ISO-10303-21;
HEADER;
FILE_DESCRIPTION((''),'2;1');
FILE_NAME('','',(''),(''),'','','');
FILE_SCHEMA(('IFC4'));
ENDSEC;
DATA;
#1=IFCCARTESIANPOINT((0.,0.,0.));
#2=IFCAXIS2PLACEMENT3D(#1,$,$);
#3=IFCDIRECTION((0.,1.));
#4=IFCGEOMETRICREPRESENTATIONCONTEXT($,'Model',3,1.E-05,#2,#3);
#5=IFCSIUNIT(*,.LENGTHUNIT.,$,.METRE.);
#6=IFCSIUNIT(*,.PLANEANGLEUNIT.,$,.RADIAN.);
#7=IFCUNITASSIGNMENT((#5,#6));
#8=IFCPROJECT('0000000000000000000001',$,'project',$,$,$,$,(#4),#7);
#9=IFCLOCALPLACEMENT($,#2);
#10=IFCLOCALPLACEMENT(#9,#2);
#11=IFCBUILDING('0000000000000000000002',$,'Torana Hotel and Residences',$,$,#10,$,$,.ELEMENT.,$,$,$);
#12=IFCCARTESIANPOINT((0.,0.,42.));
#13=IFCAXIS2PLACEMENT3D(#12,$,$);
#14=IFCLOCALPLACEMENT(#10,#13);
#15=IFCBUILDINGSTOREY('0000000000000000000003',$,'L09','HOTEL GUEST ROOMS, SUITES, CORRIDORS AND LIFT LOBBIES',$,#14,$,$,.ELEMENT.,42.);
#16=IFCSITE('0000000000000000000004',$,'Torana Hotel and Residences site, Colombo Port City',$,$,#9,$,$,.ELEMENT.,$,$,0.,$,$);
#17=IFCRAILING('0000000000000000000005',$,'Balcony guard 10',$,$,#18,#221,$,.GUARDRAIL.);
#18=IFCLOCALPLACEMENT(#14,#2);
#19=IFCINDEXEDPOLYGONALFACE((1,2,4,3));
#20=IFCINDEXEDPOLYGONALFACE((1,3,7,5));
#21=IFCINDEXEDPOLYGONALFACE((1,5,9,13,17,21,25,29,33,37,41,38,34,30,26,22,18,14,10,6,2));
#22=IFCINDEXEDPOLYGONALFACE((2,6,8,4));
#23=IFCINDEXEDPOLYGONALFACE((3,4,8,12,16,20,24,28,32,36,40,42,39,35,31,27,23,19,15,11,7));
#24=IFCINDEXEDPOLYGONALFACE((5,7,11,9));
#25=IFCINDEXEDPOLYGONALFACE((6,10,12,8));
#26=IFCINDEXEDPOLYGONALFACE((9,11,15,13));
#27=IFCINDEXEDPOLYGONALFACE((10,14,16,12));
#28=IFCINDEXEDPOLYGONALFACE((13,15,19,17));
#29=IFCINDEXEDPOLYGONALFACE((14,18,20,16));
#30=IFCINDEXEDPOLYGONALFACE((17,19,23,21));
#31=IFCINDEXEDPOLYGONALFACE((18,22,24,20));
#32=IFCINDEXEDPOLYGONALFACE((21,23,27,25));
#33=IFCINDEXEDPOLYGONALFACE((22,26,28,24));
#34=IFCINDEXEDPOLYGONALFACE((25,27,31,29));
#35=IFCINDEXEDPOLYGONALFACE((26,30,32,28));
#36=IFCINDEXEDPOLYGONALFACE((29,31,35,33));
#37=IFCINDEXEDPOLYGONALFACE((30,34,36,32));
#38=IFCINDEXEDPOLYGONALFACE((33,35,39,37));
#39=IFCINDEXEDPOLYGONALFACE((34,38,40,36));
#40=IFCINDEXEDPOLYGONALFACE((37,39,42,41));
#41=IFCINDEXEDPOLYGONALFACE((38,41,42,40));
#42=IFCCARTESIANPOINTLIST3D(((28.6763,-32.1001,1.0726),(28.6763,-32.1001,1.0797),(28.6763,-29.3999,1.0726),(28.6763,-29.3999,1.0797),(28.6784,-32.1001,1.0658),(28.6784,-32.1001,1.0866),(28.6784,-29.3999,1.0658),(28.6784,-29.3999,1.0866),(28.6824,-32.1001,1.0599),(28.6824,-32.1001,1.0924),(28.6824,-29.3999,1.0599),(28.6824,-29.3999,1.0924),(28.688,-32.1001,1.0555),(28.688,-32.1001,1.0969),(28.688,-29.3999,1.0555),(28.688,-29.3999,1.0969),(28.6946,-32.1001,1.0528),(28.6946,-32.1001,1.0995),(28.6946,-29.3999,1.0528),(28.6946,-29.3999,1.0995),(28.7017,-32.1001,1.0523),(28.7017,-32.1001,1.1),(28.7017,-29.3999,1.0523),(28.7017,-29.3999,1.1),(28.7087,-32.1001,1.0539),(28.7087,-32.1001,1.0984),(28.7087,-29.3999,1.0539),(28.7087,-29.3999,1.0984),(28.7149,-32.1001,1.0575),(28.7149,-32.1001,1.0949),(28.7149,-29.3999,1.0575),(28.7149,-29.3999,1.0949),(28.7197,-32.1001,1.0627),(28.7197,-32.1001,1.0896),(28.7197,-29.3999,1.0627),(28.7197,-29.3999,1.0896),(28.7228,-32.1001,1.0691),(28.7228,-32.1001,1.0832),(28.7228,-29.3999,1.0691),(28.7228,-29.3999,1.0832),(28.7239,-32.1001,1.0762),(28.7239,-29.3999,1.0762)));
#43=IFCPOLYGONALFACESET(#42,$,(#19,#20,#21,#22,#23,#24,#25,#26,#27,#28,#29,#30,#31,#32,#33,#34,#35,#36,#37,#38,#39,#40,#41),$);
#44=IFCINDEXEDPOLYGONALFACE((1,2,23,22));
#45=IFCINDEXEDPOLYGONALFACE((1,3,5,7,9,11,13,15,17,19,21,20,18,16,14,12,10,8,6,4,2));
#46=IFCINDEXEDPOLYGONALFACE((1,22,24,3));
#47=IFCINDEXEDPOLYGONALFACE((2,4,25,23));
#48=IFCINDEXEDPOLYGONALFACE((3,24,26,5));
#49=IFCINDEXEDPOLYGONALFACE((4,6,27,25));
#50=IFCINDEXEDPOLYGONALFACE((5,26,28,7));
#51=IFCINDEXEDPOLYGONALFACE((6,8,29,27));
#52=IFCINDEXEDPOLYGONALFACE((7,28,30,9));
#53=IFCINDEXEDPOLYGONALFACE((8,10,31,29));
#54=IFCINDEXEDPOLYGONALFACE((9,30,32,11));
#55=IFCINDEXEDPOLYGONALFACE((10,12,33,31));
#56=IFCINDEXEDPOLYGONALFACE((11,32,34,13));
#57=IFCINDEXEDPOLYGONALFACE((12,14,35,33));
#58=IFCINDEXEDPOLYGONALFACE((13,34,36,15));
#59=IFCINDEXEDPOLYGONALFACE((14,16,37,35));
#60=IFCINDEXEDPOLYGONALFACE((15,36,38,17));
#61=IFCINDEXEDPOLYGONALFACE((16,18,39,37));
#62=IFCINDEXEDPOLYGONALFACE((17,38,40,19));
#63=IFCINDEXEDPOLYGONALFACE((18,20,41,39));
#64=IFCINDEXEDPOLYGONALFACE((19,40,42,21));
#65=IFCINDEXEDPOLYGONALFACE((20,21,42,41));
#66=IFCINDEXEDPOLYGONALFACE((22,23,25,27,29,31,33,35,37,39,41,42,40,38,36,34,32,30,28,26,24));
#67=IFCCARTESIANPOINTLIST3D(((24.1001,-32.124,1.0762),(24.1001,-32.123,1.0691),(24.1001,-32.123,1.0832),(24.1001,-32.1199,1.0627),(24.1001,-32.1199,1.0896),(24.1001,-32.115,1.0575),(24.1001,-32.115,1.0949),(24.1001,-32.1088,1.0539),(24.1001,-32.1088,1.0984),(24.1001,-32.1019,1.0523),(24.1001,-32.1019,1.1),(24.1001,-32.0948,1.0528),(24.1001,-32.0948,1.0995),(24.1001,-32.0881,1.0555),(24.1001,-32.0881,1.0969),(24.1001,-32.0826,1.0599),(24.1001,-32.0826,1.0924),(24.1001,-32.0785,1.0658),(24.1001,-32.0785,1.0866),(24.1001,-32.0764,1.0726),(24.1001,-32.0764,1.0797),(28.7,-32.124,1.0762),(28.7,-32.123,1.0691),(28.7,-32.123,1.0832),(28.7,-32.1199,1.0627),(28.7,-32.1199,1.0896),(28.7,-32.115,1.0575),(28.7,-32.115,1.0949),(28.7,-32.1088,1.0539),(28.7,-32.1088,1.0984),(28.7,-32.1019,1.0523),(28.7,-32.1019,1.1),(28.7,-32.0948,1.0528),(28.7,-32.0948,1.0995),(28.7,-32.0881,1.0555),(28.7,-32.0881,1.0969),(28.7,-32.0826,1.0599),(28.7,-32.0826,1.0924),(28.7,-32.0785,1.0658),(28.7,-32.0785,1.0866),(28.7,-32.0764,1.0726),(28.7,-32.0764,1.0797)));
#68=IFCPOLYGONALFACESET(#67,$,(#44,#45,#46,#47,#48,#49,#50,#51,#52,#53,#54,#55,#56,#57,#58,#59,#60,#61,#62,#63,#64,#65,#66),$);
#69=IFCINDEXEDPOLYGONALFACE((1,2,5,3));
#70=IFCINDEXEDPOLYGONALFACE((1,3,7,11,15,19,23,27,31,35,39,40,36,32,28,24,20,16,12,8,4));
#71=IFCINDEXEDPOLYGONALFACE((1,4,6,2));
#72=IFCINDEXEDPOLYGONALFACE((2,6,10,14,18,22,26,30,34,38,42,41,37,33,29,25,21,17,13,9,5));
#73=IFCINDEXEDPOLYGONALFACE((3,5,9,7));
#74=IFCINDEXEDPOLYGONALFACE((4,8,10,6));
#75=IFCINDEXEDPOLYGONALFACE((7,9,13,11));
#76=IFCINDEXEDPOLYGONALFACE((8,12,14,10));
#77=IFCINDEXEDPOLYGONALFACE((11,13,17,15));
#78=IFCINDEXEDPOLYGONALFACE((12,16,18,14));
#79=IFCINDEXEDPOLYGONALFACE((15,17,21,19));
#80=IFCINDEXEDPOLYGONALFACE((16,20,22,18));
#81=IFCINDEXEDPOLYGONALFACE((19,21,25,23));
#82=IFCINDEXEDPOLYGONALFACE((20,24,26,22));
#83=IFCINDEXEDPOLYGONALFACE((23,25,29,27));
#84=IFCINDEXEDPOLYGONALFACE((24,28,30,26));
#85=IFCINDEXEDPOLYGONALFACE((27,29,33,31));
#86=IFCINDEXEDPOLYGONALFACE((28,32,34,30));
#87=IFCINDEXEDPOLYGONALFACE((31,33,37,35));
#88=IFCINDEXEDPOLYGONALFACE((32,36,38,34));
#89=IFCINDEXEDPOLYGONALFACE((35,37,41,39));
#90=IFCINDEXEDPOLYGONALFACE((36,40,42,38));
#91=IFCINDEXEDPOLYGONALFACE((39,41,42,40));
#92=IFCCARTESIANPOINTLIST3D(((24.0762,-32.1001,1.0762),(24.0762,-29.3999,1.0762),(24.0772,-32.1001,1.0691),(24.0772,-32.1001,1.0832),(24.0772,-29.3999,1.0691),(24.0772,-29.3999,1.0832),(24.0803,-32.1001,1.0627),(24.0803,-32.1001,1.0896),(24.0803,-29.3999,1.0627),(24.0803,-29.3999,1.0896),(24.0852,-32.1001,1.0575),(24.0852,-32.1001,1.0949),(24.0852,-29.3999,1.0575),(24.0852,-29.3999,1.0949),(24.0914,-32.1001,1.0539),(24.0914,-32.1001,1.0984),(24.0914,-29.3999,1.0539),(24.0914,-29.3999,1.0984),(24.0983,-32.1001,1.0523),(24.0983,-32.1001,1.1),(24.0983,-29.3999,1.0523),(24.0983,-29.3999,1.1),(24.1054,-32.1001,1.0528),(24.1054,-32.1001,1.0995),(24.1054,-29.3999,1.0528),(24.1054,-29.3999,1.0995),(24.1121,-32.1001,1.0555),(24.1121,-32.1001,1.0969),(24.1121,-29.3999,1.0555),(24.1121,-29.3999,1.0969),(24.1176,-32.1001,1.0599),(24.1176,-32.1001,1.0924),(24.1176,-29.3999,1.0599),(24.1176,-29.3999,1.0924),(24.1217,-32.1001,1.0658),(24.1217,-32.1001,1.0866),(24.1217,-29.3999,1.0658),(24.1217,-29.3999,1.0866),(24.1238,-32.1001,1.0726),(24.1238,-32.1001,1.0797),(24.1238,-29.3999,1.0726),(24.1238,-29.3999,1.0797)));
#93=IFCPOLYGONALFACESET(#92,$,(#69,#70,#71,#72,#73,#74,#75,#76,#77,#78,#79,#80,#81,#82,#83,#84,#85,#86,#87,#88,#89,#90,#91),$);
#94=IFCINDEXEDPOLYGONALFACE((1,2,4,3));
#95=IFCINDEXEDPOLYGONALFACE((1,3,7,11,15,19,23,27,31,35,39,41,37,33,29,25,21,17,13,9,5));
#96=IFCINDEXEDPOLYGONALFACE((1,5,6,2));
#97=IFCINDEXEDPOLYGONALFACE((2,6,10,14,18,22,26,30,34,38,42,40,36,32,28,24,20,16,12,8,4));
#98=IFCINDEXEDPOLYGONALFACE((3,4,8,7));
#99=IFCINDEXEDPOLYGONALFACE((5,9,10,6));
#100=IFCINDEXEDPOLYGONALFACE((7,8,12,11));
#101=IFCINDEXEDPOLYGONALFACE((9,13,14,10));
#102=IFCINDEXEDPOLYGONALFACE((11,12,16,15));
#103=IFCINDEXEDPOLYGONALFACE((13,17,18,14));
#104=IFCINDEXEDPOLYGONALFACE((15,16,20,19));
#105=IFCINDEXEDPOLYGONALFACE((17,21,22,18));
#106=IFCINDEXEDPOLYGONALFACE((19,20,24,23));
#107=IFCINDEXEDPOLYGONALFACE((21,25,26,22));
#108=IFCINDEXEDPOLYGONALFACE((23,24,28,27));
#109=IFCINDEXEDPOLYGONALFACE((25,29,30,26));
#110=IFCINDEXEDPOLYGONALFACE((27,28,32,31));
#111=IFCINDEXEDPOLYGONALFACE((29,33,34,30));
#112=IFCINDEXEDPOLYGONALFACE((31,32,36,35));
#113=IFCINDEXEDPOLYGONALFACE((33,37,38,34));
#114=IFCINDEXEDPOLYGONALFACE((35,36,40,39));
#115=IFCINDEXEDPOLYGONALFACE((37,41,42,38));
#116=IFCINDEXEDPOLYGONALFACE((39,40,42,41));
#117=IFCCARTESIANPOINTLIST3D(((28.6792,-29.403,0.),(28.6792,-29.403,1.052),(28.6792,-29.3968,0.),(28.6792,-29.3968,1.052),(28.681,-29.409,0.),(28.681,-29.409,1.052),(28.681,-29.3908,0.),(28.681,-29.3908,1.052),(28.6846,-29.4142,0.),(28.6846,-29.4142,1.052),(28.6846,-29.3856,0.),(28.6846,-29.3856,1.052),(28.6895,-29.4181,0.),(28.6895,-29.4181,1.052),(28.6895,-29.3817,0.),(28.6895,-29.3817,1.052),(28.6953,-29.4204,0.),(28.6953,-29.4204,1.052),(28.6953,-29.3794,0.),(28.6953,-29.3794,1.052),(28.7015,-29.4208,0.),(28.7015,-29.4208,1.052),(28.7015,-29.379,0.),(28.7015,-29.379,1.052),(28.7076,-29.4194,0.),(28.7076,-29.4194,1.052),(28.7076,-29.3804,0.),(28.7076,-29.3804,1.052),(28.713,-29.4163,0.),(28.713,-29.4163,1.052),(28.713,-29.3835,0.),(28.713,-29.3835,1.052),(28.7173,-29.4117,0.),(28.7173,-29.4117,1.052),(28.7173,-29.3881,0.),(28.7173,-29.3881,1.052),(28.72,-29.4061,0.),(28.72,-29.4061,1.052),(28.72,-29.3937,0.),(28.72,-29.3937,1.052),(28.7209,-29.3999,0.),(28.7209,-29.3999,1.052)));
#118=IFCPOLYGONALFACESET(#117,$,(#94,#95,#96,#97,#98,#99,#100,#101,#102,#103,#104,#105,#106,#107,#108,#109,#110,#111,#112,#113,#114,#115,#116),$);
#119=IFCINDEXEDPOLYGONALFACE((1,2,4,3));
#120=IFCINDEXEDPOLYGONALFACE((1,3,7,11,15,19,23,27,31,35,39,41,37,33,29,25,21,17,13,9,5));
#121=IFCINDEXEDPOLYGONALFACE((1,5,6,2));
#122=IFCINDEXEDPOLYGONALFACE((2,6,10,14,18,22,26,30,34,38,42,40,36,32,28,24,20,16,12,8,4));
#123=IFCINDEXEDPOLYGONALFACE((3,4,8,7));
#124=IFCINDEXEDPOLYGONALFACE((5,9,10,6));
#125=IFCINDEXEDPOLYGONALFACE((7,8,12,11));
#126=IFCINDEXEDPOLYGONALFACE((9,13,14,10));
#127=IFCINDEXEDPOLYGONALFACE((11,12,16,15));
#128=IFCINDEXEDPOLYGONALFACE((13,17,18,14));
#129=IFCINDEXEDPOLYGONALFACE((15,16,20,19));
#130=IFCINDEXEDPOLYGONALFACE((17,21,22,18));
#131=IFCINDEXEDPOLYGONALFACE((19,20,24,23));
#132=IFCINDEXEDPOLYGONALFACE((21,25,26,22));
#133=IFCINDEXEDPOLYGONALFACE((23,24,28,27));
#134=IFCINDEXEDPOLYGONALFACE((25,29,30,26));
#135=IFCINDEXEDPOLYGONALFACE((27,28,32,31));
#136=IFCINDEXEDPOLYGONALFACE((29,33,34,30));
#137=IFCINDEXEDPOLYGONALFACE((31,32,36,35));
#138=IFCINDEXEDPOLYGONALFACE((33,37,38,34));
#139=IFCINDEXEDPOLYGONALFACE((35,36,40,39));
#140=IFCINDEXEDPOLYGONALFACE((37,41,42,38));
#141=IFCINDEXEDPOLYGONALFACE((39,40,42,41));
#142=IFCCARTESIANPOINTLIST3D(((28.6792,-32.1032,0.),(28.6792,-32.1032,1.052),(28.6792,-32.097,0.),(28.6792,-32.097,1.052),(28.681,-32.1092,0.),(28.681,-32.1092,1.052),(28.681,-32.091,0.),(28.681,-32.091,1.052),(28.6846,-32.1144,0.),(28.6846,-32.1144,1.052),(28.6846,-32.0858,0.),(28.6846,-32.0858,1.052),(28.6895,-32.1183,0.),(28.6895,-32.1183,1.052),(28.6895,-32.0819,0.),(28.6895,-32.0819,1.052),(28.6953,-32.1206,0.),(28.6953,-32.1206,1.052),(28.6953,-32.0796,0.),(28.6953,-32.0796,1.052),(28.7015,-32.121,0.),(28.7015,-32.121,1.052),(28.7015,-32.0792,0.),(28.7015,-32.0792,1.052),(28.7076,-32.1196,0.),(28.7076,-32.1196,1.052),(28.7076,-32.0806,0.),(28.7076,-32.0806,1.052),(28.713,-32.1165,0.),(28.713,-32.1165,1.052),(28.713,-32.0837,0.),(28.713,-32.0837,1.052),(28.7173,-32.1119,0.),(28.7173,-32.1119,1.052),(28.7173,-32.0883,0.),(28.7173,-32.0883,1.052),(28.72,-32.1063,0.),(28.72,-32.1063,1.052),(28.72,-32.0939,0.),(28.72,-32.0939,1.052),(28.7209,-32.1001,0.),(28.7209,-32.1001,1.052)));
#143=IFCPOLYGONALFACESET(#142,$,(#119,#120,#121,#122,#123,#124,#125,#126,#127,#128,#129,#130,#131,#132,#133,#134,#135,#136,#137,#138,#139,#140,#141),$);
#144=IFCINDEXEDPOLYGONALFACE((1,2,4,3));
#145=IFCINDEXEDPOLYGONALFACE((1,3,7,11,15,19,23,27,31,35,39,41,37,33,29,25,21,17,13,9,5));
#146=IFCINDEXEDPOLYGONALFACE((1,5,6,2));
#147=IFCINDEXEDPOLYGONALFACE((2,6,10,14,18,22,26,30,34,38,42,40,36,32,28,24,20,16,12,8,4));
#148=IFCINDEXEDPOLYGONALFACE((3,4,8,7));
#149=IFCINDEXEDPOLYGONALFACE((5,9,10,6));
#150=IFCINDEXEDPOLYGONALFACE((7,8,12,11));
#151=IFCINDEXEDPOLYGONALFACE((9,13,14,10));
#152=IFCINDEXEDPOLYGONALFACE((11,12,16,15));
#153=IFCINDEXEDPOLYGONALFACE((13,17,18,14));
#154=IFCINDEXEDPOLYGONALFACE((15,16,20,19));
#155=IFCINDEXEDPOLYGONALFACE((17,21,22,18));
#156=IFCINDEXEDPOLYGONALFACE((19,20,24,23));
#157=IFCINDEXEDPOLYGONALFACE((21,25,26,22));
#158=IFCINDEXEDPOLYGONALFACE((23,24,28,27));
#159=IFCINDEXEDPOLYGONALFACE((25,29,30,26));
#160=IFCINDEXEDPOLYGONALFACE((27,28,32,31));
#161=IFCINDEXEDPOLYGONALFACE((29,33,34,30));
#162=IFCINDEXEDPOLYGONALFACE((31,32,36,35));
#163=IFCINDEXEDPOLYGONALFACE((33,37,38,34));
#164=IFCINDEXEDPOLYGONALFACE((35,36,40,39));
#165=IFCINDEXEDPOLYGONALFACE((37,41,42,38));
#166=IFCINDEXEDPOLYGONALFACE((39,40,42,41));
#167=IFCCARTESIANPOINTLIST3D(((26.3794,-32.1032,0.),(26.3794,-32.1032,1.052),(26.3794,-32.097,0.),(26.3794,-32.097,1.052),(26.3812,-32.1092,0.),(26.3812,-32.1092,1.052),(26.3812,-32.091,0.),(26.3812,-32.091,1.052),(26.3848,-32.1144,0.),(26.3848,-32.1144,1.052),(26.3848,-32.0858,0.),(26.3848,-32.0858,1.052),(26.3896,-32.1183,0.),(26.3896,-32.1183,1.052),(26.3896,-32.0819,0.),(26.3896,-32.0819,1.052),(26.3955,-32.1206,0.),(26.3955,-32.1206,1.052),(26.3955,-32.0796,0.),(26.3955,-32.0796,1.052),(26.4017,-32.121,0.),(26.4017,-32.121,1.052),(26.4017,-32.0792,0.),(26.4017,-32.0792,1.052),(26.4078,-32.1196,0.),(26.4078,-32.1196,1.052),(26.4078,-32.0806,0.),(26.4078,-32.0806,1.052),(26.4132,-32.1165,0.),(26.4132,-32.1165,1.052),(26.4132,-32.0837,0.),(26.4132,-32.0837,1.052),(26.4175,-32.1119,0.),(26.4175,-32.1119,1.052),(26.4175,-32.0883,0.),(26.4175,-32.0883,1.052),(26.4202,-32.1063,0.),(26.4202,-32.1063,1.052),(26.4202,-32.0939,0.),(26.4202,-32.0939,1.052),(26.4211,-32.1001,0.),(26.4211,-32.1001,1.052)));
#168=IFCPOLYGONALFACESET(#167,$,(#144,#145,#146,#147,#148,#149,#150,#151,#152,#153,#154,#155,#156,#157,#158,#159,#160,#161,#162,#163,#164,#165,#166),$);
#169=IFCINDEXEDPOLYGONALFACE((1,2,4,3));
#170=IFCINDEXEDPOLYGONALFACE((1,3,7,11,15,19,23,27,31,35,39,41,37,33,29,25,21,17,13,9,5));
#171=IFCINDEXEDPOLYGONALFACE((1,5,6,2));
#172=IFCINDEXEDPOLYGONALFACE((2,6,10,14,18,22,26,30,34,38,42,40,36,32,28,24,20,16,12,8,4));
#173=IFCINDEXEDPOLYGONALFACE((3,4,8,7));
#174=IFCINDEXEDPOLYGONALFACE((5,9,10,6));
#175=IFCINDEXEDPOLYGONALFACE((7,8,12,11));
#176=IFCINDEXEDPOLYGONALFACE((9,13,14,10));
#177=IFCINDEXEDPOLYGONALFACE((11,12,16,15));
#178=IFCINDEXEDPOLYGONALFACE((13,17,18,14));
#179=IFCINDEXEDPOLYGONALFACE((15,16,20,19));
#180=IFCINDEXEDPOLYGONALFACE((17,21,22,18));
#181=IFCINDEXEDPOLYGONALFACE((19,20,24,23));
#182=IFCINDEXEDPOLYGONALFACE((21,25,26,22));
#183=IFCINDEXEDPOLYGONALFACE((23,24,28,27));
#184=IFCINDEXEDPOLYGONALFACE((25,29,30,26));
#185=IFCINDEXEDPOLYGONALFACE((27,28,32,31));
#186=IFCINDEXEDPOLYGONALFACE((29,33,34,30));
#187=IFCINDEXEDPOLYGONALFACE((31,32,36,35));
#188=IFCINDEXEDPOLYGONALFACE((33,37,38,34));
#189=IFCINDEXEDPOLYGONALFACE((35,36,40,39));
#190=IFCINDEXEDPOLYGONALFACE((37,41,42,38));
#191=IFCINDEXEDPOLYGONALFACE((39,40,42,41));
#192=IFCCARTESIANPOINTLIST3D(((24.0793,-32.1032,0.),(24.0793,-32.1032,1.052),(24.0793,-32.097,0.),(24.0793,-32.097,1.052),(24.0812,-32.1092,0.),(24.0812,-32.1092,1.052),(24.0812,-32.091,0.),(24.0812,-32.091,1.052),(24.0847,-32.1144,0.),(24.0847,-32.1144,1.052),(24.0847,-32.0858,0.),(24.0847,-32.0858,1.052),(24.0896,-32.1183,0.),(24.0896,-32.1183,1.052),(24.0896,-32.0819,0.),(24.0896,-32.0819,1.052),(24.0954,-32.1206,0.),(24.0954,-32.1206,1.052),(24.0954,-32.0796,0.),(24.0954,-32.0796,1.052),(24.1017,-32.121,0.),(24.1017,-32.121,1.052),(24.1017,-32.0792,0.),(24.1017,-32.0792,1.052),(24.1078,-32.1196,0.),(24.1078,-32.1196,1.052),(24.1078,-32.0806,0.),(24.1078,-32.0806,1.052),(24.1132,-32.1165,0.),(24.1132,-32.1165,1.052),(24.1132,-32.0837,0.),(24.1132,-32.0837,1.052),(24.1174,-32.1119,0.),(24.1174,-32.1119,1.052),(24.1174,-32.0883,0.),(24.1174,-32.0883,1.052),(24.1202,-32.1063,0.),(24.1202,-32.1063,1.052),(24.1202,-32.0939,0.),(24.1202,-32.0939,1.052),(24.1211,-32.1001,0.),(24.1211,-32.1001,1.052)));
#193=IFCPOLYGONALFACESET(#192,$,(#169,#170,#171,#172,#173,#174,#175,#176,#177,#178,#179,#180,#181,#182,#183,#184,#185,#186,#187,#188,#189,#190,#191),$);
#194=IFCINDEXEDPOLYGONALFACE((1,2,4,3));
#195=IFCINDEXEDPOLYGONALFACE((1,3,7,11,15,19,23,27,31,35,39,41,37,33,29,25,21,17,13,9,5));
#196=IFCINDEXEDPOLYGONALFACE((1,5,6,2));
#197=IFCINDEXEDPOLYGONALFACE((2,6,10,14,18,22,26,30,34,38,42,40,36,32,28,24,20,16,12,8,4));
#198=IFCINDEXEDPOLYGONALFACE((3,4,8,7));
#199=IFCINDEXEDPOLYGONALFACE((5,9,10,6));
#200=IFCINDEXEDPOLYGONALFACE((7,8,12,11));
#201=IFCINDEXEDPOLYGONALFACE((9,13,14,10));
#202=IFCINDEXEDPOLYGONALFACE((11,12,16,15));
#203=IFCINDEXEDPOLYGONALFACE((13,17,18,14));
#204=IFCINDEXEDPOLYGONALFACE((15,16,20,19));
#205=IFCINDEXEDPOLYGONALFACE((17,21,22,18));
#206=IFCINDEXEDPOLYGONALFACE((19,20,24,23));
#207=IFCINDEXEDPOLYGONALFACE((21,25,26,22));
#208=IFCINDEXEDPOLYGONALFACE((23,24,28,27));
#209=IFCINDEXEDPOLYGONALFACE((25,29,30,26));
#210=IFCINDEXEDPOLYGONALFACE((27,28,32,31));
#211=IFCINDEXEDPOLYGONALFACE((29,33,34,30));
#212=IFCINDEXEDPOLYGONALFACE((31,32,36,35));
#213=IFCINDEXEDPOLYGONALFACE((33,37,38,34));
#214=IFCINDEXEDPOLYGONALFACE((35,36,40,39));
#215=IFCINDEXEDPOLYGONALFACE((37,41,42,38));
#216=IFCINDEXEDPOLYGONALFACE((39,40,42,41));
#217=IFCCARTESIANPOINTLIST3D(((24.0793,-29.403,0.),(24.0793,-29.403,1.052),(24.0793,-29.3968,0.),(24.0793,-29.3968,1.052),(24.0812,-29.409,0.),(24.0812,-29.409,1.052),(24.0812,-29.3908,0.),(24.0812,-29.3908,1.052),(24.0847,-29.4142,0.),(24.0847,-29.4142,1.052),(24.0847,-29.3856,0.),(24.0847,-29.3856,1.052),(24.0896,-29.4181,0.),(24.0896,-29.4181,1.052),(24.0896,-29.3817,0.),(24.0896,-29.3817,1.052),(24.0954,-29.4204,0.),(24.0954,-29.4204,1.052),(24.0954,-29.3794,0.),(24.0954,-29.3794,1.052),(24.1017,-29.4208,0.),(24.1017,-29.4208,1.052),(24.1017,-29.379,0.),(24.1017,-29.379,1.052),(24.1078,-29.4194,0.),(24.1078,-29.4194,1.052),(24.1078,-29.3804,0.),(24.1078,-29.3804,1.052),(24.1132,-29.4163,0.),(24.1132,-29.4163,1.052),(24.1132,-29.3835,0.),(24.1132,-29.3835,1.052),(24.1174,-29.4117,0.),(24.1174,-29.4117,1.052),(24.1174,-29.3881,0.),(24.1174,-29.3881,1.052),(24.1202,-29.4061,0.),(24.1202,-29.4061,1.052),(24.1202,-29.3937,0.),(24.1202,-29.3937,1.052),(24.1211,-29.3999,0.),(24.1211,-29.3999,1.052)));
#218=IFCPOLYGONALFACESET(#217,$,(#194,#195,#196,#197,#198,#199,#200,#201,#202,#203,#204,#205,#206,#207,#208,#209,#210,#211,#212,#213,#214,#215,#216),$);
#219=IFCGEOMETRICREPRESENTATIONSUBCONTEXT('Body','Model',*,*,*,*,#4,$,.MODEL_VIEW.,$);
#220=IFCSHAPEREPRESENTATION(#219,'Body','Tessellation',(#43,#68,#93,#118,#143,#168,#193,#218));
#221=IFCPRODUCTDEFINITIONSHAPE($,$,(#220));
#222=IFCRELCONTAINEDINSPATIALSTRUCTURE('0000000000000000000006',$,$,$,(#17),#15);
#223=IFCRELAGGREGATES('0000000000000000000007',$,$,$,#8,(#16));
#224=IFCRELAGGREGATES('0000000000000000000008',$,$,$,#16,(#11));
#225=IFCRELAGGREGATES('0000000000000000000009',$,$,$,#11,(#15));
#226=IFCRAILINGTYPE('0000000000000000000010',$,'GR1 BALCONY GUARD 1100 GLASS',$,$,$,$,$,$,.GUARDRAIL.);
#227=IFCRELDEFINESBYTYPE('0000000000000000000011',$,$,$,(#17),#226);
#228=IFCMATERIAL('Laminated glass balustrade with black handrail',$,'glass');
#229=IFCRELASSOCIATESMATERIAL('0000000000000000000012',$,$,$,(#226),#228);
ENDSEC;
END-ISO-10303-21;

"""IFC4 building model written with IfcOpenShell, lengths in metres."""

from ifc_helpers import new_model, si_unit, direction, frame, origin, origin_2d, place, context, subcontext, project, spatial, circle, extrude, material, type_object, element, save


model = new_model("IFC4")

# Units and contexts
model_context = context("Model", 3, precision=1e-05, world=origin(), true_north=direction((0.0, 1.0)))
body_context = subcontext(model_context, "Body", "Model", "MODEL_VIEW")
ifc_project = project(units=[si_unit("LENGTHUNIT", "METRE"), si_unit("PLANEANGLEUNIT", "RADIAN")], contexts=[model_context])

# Site, building, storey
site_placement = place(None, origin())
site = spatial("IfcSite", under=ifc_project, at=site_placement, Name="Torana Hotel and Residences site, Colombo Port City", CompositionType="ELEMENT", RefElevation=0.0)
building_placement = place(site_placement, origin())
building = spatial("IfcBuilding", under=site, at=building_placement, Name="Torana Hotel and Residences", CompositionType="ELEMENT")
storey_placement = place(building_placement, frame((0.0, 0.0, 42.0)))
storey = spatial("IfcBuildingStorey", under=building, at=storey_placement, Name="L09", Description="HOTEL GUEST ROOMS, SUITES, CORRIDORS AND LIFT LOBBIES", CompositionType="ELEMENT", Elevation=42.0)

# Railing
ifc_material_1 = material(Name="Laminated glass balustrade with black handrail", Category="glass")
railing_type = type_object("IfcRailingType", Name="GR1 BALCONY GUARD 1100 GLASS", PredefinedType="GUARDRAIL", material=ifc_material_1)
railing_1_placement = place(storey_placement, frame((28.7, -29.3999, 0.0)))
element("IfcRailing", 1, at=railing_1_placement, inside=storey, type_object=railing_type, Name="Balcony guard 10", PredefinedType="GUARDRAIL", context=body_context, shape_type="SweptSolid", body=[
    extrude(circle(Radius=0.0239, at=origin_2d()), frame((0.0, 0.0, 1.0762), z_axis=(0.0, -1.0, 0.0), x_axis=(1.0, 0.0, 0.0)), (0.0, 0.0, 1.0), 2.7002),
    extrude(circle(Radius=0.0239, at=origin_2d()), frame((0.0, -2.7002, 1.0762), z_axis=(-1.0, 0.0, 0.0), x_axis=(0.0, -1.0, 0.0)), (0.0, 0.0, 1.0), 4.5999),
    extrude(circle(Radius=0.0239, at=origin_2d()), frame((-4.5999, -2.7002, 1.0762), z_axis=(0.0, 1.0, 0.0), x_axis=(-1.0, 0.0, 0.0)), (0.0, 0.0, 1.0), 2.7002),
    extrude(circle(Radius=0.021, at=origin_2d()), origin(), (0.0, 0.0, 1.0), 1.052),
    extrude(circle(Radius=0.021, at=origin_2d()), frame((0.0, -2.7002, 0.0)), (0.0, 0.0, 1.0), 1.052),
    extrude(circle(Radius=0.021, at=origin_2d()), frame((-2.2998, -2.7002, 0.0)), (0.0, 0.0, 1.0), 1.052),
    extrude(circle(Radius=0.021, at=origin_2d()), frame((-4.5999, -2.7002, 0.0)), (0.0, 0.0, 1.0), 1.052),
    extrude(circle(Radius=0.021, at=origin_2d()), frame((-4.5999, 0.0, 0.0)), (0.0, 0.0, 1.0), 1.052),
])

save(model, "model.ifc")
